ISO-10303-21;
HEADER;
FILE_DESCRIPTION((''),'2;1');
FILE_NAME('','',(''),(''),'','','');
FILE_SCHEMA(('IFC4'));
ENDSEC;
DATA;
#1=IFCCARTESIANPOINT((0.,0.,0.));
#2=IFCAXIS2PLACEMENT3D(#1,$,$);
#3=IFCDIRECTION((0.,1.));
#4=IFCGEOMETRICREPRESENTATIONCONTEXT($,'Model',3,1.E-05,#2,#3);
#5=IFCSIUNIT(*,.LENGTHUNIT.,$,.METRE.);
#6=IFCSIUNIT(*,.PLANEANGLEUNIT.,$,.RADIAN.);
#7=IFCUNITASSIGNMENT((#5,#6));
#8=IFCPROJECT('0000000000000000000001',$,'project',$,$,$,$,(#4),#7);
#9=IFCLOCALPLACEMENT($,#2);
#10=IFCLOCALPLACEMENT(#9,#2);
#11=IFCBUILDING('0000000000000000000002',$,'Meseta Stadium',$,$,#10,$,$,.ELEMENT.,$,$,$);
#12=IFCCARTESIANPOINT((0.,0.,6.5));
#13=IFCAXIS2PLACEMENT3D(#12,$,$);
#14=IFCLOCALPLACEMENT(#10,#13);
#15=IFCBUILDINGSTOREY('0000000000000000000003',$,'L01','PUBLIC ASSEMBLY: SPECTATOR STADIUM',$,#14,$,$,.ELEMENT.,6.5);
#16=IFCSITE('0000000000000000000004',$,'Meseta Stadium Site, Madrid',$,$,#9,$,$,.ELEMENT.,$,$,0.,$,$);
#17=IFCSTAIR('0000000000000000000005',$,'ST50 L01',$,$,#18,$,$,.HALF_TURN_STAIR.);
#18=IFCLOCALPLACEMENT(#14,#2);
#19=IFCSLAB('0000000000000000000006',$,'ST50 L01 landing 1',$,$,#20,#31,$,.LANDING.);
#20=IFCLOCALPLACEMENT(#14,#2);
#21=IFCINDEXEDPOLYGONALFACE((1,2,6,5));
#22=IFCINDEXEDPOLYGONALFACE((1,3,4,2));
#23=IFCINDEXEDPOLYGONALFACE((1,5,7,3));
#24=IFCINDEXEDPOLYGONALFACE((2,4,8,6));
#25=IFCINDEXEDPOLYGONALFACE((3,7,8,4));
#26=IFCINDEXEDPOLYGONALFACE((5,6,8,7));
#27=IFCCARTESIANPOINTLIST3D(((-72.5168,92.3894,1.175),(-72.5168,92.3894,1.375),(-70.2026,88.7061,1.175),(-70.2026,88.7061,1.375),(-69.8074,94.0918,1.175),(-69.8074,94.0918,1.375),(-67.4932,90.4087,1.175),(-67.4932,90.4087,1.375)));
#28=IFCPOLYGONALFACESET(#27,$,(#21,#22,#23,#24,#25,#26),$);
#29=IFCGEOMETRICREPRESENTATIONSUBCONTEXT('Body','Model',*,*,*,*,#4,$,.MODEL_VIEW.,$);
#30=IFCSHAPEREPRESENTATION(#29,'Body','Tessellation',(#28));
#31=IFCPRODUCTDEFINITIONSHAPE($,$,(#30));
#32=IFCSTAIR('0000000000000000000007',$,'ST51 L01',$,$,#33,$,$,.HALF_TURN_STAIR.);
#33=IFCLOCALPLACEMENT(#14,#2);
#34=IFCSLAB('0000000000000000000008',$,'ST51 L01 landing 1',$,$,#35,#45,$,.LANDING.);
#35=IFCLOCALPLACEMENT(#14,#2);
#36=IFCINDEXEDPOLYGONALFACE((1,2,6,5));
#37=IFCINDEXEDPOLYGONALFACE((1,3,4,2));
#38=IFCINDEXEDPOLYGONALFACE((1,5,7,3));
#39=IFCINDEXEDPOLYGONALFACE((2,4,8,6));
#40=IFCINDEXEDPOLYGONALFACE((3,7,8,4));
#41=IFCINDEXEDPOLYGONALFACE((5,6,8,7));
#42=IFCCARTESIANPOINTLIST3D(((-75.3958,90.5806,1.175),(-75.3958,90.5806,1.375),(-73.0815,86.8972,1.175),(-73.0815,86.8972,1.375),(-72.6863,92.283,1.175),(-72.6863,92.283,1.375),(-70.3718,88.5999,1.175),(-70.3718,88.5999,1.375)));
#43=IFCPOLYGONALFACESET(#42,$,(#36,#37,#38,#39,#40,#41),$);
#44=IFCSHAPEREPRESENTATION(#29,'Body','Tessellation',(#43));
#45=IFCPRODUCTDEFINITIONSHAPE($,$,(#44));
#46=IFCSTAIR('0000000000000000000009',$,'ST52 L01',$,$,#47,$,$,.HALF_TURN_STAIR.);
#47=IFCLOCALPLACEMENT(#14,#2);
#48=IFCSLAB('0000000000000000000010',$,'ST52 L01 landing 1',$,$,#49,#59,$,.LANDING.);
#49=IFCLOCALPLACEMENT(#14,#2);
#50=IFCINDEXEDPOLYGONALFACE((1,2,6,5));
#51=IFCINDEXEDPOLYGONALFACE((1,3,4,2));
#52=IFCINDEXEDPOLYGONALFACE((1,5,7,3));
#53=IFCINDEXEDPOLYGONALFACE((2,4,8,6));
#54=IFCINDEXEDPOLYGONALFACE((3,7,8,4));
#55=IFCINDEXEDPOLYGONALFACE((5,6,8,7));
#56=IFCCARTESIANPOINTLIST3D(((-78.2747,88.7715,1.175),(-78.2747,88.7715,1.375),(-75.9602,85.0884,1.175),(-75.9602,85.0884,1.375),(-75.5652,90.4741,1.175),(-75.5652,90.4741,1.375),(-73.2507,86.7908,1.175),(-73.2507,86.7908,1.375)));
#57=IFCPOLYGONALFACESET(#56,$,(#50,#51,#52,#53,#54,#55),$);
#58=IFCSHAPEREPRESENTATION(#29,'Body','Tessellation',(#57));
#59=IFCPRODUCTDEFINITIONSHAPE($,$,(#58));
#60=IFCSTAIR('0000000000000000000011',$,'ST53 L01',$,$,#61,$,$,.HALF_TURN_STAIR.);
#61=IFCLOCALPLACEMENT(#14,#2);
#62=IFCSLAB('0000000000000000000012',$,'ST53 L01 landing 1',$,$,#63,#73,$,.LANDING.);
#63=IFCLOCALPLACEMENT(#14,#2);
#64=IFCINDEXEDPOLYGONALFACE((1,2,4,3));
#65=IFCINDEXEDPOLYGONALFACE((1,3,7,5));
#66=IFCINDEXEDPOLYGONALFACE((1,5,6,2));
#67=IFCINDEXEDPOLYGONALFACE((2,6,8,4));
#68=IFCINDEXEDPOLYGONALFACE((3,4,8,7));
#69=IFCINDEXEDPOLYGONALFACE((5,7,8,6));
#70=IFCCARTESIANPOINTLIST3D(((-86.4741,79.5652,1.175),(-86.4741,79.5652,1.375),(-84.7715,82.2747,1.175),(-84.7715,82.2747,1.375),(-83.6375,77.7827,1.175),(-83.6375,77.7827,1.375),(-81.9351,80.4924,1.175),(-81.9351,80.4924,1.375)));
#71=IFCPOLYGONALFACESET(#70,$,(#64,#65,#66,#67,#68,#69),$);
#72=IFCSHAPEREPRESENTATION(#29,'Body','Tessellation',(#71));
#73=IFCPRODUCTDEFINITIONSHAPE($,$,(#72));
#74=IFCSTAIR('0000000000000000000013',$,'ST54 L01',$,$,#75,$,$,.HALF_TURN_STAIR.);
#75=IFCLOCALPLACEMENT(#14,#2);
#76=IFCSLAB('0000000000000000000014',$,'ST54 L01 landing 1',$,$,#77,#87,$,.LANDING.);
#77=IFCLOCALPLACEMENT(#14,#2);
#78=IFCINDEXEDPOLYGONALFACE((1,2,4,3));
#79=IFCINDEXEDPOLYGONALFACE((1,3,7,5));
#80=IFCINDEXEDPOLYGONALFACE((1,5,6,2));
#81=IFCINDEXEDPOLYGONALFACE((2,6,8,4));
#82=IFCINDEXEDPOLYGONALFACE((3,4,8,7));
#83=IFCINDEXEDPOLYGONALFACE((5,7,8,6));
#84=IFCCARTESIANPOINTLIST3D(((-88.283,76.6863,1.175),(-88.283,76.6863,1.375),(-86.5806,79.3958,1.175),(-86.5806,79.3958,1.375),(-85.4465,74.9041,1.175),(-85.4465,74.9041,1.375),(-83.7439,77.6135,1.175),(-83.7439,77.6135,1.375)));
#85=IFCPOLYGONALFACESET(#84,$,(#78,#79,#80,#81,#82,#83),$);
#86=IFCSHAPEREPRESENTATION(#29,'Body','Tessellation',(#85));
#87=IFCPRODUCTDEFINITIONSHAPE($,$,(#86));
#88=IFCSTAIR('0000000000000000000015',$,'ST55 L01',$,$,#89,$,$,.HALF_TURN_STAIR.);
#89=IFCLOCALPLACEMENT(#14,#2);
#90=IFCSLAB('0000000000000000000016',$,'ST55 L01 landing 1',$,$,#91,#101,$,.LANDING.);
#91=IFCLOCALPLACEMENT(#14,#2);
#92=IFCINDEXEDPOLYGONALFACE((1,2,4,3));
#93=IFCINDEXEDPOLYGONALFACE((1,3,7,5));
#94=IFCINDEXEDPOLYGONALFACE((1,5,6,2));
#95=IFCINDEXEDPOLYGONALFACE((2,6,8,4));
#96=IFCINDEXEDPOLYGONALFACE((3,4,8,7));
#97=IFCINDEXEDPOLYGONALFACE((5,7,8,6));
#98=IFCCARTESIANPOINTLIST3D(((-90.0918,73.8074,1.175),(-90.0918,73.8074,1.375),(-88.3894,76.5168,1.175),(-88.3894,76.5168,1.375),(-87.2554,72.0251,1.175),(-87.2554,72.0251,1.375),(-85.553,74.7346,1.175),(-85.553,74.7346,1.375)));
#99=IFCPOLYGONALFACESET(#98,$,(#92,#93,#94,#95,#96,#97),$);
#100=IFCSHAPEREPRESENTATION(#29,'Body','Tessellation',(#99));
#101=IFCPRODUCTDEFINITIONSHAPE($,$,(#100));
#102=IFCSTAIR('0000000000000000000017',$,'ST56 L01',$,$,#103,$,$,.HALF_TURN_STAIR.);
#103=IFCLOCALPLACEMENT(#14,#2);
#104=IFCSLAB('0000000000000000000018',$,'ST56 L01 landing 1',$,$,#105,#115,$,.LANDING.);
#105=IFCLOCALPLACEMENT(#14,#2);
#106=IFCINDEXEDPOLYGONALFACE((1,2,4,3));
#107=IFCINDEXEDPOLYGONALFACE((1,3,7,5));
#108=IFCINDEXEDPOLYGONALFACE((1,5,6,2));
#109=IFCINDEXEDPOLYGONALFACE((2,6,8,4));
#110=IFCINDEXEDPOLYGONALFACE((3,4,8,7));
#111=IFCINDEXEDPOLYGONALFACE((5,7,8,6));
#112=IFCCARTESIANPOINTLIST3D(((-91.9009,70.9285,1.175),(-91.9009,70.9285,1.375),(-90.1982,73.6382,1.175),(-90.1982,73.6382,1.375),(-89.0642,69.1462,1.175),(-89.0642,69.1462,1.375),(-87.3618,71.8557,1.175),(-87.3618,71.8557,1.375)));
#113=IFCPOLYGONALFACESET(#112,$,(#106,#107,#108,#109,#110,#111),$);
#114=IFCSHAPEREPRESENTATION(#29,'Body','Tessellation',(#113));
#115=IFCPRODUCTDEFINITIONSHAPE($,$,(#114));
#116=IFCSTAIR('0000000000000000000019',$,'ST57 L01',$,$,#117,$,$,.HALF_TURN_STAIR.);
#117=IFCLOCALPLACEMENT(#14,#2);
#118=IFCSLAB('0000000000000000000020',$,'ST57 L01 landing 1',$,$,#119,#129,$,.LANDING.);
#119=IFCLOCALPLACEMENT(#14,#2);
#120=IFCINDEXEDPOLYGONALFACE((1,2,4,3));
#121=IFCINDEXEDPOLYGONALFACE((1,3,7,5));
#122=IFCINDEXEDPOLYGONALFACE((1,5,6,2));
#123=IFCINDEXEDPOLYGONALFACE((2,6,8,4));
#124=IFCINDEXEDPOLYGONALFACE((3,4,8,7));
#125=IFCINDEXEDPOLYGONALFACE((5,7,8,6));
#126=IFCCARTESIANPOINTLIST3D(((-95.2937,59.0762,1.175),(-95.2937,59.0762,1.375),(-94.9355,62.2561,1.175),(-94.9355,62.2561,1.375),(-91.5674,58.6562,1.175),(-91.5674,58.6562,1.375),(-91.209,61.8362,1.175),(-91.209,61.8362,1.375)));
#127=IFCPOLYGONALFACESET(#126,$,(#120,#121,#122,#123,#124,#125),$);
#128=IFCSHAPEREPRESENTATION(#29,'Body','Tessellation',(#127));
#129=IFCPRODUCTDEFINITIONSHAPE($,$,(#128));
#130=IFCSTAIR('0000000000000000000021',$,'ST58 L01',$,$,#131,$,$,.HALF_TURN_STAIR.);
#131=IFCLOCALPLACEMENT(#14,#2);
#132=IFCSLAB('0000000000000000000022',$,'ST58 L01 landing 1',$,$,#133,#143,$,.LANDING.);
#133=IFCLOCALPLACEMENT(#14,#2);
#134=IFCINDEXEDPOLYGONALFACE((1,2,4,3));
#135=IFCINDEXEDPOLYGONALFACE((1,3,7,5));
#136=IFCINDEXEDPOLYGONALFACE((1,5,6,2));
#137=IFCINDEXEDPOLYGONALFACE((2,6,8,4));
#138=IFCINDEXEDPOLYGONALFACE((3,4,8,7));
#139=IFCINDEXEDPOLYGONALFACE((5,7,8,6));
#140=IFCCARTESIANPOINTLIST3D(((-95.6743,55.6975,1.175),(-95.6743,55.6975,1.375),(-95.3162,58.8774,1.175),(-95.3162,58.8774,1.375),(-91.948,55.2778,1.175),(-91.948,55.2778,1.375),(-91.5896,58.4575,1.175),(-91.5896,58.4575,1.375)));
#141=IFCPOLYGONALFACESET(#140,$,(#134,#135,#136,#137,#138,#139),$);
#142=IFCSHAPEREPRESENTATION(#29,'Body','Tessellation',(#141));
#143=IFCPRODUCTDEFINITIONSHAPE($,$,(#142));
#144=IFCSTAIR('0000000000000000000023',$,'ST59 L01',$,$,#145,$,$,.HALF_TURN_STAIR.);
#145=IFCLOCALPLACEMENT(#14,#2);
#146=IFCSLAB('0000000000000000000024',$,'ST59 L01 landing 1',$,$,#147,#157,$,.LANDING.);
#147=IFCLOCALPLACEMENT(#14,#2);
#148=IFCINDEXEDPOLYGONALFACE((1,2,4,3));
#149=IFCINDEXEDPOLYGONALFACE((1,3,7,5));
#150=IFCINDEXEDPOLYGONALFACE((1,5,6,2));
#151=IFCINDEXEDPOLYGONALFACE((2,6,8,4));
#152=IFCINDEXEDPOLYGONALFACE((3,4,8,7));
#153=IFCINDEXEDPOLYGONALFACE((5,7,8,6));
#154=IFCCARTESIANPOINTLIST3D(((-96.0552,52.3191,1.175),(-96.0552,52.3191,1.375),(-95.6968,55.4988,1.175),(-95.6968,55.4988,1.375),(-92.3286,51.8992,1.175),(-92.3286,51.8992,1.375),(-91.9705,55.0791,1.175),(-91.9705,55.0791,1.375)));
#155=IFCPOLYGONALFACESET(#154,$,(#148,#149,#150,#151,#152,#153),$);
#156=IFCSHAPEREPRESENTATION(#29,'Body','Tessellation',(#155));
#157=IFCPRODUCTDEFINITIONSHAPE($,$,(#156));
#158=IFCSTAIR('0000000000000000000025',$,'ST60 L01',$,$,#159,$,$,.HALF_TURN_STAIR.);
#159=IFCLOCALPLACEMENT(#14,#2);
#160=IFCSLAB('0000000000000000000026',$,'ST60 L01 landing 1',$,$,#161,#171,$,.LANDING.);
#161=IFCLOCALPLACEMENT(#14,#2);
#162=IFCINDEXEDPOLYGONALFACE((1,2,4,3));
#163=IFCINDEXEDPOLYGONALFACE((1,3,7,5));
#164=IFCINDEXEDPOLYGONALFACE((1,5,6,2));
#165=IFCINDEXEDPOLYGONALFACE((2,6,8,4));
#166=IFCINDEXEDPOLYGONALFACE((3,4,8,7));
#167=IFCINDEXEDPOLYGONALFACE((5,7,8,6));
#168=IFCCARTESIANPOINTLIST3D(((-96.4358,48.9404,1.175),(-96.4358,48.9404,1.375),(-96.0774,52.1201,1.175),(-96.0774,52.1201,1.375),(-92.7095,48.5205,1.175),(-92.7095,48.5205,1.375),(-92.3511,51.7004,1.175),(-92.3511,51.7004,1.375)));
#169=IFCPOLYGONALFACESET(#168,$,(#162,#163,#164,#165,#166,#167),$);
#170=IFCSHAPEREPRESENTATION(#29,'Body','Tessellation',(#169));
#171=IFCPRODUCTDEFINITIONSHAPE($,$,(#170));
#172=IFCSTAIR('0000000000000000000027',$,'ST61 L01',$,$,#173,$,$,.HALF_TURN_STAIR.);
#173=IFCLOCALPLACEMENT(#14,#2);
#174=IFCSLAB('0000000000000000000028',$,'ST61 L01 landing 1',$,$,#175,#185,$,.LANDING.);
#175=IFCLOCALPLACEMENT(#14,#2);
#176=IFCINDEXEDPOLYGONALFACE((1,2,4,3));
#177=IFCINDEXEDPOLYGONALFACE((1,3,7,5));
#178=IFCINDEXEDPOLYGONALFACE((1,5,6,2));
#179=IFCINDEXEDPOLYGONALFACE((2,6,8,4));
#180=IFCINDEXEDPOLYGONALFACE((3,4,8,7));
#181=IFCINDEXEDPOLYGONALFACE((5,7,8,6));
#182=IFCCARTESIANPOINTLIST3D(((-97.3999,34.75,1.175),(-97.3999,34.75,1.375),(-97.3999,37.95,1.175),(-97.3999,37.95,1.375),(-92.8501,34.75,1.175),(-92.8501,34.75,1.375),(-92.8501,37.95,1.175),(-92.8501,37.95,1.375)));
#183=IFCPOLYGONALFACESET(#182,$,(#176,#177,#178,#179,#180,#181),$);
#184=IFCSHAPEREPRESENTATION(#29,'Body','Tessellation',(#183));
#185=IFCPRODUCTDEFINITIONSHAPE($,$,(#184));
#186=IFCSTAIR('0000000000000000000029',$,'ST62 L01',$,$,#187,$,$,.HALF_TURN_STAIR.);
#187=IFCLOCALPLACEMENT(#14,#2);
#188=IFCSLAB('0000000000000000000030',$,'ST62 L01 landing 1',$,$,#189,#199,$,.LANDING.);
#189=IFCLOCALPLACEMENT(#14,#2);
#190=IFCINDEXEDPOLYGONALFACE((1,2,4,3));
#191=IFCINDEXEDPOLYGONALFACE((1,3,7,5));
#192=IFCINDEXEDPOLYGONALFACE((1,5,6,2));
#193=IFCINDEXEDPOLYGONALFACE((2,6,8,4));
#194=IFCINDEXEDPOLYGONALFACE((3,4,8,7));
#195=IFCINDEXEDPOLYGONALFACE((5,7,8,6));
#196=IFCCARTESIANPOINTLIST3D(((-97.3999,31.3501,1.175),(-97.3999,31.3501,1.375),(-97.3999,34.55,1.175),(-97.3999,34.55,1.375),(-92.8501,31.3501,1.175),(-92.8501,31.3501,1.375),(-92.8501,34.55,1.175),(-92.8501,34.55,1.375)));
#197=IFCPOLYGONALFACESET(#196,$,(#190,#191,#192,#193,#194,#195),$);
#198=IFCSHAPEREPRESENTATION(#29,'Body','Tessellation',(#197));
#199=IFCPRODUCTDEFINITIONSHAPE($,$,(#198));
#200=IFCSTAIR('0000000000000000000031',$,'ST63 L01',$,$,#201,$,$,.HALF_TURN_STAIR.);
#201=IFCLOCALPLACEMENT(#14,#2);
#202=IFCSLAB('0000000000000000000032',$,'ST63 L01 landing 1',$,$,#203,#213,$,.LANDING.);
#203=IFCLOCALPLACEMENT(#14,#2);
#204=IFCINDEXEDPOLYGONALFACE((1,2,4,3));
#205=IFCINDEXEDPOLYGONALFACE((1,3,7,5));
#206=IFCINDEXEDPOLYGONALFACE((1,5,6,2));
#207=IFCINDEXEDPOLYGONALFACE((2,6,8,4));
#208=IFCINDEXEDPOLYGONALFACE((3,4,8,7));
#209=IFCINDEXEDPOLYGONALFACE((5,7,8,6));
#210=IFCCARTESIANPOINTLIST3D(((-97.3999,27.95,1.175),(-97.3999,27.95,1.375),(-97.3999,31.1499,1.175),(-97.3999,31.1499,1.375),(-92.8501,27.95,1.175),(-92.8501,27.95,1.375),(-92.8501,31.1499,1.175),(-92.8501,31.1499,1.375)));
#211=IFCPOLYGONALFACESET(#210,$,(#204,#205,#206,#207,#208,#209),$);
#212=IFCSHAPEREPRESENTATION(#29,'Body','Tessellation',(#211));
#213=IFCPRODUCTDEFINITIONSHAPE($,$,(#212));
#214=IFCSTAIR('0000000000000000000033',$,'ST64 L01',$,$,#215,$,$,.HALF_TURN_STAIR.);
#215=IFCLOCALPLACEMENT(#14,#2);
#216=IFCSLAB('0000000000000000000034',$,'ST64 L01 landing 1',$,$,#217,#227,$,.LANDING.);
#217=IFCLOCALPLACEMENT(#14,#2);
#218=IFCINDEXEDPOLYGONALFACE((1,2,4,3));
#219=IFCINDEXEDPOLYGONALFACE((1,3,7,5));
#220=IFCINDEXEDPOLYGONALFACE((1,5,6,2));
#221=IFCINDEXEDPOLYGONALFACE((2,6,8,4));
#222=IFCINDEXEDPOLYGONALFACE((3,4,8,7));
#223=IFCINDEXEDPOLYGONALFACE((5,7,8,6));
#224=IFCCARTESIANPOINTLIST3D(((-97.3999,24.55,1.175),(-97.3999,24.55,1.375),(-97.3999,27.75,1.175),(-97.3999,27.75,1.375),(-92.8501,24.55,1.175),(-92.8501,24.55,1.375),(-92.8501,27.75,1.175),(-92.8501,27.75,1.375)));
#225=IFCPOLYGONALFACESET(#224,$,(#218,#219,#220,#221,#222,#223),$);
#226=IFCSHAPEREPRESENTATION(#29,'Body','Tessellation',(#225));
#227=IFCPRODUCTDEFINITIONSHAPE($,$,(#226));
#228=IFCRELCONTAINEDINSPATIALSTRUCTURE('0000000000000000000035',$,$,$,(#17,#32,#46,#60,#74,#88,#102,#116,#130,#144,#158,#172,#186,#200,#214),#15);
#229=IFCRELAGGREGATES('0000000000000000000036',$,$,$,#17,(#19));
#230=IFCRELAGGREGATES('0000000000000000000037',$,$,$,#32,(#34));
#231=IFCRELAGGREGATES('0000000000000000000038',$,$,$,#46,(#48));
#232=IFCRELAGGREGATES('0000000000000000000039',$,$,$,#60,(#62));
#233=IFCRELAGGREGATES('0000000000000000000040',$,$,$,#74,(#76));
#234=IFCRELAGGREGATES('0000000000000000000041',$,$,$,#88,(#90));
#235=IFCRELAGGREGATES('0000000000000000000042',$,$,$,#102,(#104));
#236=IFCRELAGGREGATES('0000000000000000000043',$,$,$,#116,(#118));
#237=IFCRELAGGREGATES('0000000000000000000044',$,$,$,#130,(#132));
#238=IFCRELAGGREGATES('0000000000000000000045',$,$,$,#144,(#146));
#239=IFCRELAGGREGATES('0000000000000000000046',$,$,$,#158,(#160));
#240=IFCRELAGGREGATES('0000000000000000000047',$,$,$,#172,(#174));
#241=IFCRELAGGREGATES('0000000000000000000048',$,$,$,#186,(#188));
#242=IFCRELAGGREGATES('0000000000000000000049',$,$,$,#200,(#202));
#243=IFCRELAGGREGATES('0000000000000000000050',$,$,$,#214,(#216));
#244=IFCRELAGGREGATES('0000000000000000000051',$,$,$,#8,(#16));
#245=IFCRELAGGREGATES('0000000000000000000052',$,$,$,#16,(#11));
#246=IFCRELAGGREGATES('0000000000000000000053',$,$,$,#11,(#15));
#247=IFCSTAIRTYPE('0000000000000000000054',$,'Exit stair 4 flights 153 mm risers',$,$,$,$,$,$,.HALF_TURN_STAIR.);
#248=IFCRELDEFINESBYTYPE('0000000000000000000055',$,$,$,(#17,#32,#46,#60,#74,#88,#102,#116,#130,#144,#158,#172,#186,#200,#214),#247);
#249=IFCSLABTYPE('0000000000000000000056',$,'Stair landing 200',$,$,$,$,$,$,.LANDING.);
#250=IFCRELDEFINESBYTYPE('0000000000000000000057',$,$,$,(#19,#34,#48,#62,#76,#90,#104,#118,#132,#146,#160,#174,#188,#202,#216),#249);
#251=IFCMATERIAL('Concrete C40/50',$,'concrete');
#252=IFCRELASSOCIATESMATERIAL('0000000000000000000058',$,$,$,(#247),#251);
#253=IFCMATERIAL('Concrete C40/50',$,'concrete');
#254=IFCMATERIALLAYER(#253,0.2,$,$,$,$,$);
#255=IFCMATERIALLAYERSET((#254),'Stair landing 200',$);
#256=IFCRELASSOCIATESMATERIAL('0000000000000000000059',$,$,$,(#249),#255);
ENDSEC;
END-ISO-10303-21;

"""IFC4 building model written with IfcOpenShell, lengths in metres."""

from ifc_helpers import new_model, si_unit, direction, frame, origin, place, context, subcontext, project, spatial, polyline, outline, extrude, material, layer, layer_set, type_object, element, aggregate, save


model = new_model("IFC4")

# Units and contexts
model_context = context("Model", 3, precision=1e-05, world=origin(), true_north=direction((0.0, 1.0)))
body_context = subcontext(model_context, "Body", "Model", "MODEL_VIEW")
ifc_project = project(units=[si_unit("LENGTHUNIT", "METRE"), si_unit("PLANEANGLEUNIT", "RADIAN")], contexts=[model_context])

# Site, building, storey
site_placement = place(None, origin())
site = spatial("IfcSite", under=ifc_project, at=site_placement, Name="Meseta Stadium Site, Madrid", CompositionType="ELEMENT", RefElevation=0.0)
building_placement = place(site_placement, origin())
building = spatial("IfcBuilding", under=site, at=building_placement, Name="Meseta Stadium", CompositionType="ELEMENT")
storey_placement = place(building_placement, frame((0.0, 0.0, 6.5)))
storey = spatial("IfcBuildingStorey", under=building, at=storey_placement, Name="L01", Description="PUBLIC ASSEMBLY: SPECTATOR STADIUM", CompositionType="ELEMENT", Elevation=6.5)

# Stairs, slabs
ifc_material_1 = material(Name="Concrete C40/50", Category="concrete")
stair_type = type_object("IfcStairType", Name="Exit stair 4 flights 153 mm risers", PredefinedType="HALF_TURN_STAIR", material=ifc_material_1)
ifc_material_2 = material(Name="Concrete C40/50", Category="concrete")
ifc_layer = layer(ifc_material_2, 0.2)
ifc_layer_set = layer_set([ifc_layer], Name="Stair landing 200")
slab_type = type_object("IfcSlabType", Name="Stair landing 200", PredefinedType="LANDING", material=ifc_layer_set)
stair_1_placement = place(storey_placement, origin())
stair_1 = element("IfcStair", 1, at=stair_1_placement, inside=storey, type_object=stair_type, Name="ST50 L01", PredefinedType="HALF_TURN_STAIR")
slab_1_placement = place(storey_placement, frame((0.0, 0.0, 1.175)))
slab_1 = element("IfcSlab", 2, at=slab_1_placement, type_object=slab_type, Name="ST50 L01 landing 1", PredefinedType="LANDING", context=body_context, shape_type="SweptSolid", body=[
    extrude(outline(polyline([(-67.4932, 90.4087), (-69.8074, 94.0918), (-72.5168, 92.3894), (-70.2026, 88.7061), (-67.4932, 90.4087)])), origin(), (0.0, 0.0, 1.0), 0.2),
])
aggregate(stair_1, [slab_1])
stair_2_placement = place(storey_placement, origin())
stair_2 = element("IfcStair", 3, at=stair_2_placement, inside=storey, type_object=stair_type, Name="ST51 L01", PredefinedType="HALF_TURN_STAIR")
slab_2_placement = place(storey_placement, frame((0.0, 0.0, 1.175)))
slab_2 = element("IfcSlab", 4, at=slab_2_placement, type_object=slab_type, Name="ST51 L01 landing 1", PredefinedType="LANDING", context=body_context, shape_type="SweptSolid", body=[
    extrude(outline(polyline([(-70.3718, 88.5999), (-72.6863, 92.283), (-75.3958, 90.5806), (-73.0815, 86.8972), (-70.3718, 88.5999)])), origin(), (0.0, 0.0, 1.0), 0.2),
])
aggregate(stair_2, [slab_2])
stair_3_placement = place(storey_placement, origin())
stair_3 = element("IfcStair", 5, at=stair_3_placement, inside=storey, type_object=stair_type, Name="ST52 L01", PredefinedType="HALF_TURN_STAIR")
slab_3_placement = place(storey_placement, frame((0.0, 0.0, 1.175)))
slab_3 = element("IfcSlab", 6, at=slab_3_placement, type_object=slab_type, Name="ST52 L01 landing 1", PredefinedType="LANDING", context=body_context, shape_type="SweptSolid", body=[
    extrude(outline(polyline([(-73.2507, 86.7908), (-75.5652, 90.4741), (-78.2747, 88.7715), (-75.9602, 85.0884), (-73.2507, 86.7908)])), origin(), (0.0, 0.0, 1.0), 0.2),
])
aggregate(stair_3, [slab_3])
stair_4_placement = place(storey_placement, origin())
stair_4 = element("IfcStair", 7, at=stair_4_placement, inside=storey, type_object=stair_type, Name="ST53 L01", PredefinedType="HALF_TURN_STAIR")
slab_4_placement = place(storey_placement, frame((0.0, 0.0, 1.175)))
slab_4 = element("IfcSlab", 8, at=slab_4_placement, type_object=slab_type, Name="ST53 L01 landing 1", PredefinedType="LANDING", context=body_context, shape_type="SweptSolid", body=[
    extrude(outline(polyline([(-81.9351, 80.4924), (-84.7715, 82.2747), (-86.4741, 79.5652), (-83.6375, 77.7827), (-81.9351, 80.4924)])), origin(), (0.0, 0.0, 1.0), 0.2),
])
aggregate(stair_4, [slab_4])
stair_5_placement = place(storey_placement, origin())
stair_5 = element("IfcStair", 9, at=stair_5_placement, inside=storey, type_object=stair_type, Name="ST54 L01", PredefinedType="HALF_TURN_STAIR")
slab_5_placement = place(storey_placement, frame((0.0, 0.0, 1.175)))
slab_5 = element("IfcSlab", 10, at=slab_5_placement, type_object=slab_type, Name="ST54 L01 landing 1", PredefinedType="LANDING", context=body_context, shape_type="SweptSolid", body=[
    extrude(outline(polyline([(-83.7439, 77.6135), (-86.5806, 79.3958), (-88.283, 76.6863), (-85.4465, 74.9041), (-83.7439, 77.6135)])), origin(), (0.0, 0.0, 1.0), 0.2),
])
aggregate(stair_5, [slab_5])
stair_6_placement = place(storey_placement, origin())
stair_6 = element("IfcStair", 11, at=stair_6_placement, inside=storey, type_object=stair_type, Name="ST55 L01", PredefinedType="HALF_TURN_STAIR")
slab_6_placement = place(storey_placement, frame((0.0, 0.0, 1.175)))
slab_6 = element("IfcSlab", 12, at=slab_6_placement, type_object=slab_type, Name="ST55 L01 landing 1", PredefinedType="LANDING", context=body_context, shape_type="SweptSolid", body=[
    extrude(outline(polyline([(-85.553, 74.7346), (-88.3894, 76.5168), (-90.0918, 73.8074), (-87.2554, 72.0251), (-85.553, 74.7346)])), origin(), (0.0, 0.0, 1.0), 0.2),
])
aggregate(stair_6, [slab_6])
stair_7_placement = place(storey_placement, origin())
stair_7 = element("IfcStair", 13, at=stair_7_placement, inside=storey, type_object=stair_type, Name="ST56 L01", PredefinedType="HALF_TURN_STAIR")
slab_7_placement = place(storey_placement, frame((0.0, 0.0, 1.175)))
slab_7 = element("IfcSlab", 14, at=slab_7_placement, type_object=slab_type, Name="ST56 L01 landing 1", PredefinedType="LANDING", context=body_context, shape_type="SweptSolid", body=[
    extrude(outline(polyline([(-87.3618, 71.8557), (-90.1982, 73.6382), (-91.9009, 70.9285), (-89.0642, 69.1462), (-87.3618, 71.8557)])), origin(), (0.0, 0.0, 1.0), 0.2),
])
aggregate(stair_7, [slab_7])
stair_8_placement = place(storey_placement, origin())
stair_8 = element("IfcStair", 15, at=stair_8_placement, inside=storey, type_object=stair_type, Name="ST57 L01", PredefinedType="HALF_TURN_STAIR")
slab_8_placement = place(storey_placement, frame((0.0, 0.0, 1.175)))
slab_8 = element("IfcSlab", 16, at=slab_8_placement, type_object=slab_type, Name="ST57 L01 landing 1", PredefinedType="LANDING", context=body_context, shape_type="SweptSolid", body=[
    extrude(outline(polyline([(-91.209, 61.8362), (-94.9355, 62.2561), (-95.2937, 59.0762), (-91.5674, 58.6562), (-91.209, 61.8362)])), origin(), (0.0, 0.0, 1.0), 0.2),
])
aggregate(stair_8, [slab_8])
stair_9_placement = place(storey_placement, origin())
stair_9 = element("IfcStair", 17, at=stair_9_placement, inside=storey, type_object=stair_type, Name="ST58 L01", PredefinedType="HALF_TURN_STAIR")
slab_9_placement = place(storey_placement, frame((0.0, 0.0, 1.175)))
slab_9 = element("IfcSlab", 18, at=slab_9_placement, type_object=slab_type, Name="ST58 L01 landing 1", PredefinedType="LANDING", context=body_context, shape_type="SweptSolid", body=[
    extrude(outline(polyline([(-91.5896, 58.4575), (-95.3162, 58.8774), (-95.6743, 55.6975), (-91.948, 55.2778), (-91.5896, 58.4575)])), origin(), (0.0, 0.0, 1.0), 0.2),
])
aggregate(stair_9, [slab_9])
stair_10_placement = place(storey_placement, origin())
stair_10 = element("IfcStair", 19, at=stair_10_placement, inside=storey, type_object=stair_type, Name="ST59 L01", PredefinedType="HALF_TURN_STAIR")
slab_10_placement = place(storey_placement, frame((0.0, 0.0, 1.175)))
slab_10 = element("IfcSlab", 20, at=slab_10_placement, type_object=slab_type, Name="ST59 L01 landing 1", PredefinedType="LANDING", context=body_context, shape_type="SweptSolid", body=[
    extrude(outline(polyline([(-91.9705, 55.0791), (-95.6968, 55.4988), (-96.0552, 52.3191), (-92.3286, 51.8992), (-91.9705, 55.0791)])), origin(), (0.0, 0.0, 1.0), 0.2),
])
aggregate(stair_10, [slab_10])
stair_11_placement = place(storey_placement, origin())
stair_11 = element("IfcStair", 21, at=stair_11_placement, inside=storey, type_object=stair_type, Name="ST60 L01", PredefinedType="HALF_TURN_STAIR")
slab_11_placement = place(storey_placement, frame((0.0, 0.0, 1.175)))
slab_11 = element("IfcSlab", 22, at=slab_11_placement, type_object=slab_type, Name="ST60 L01 landing 1", PredefinedType="LANDING", context=body_context, shape_type="SweptSolid", body=[
    extrude(outline(polyline([(-92.3511, 51.7004), (-96.0774, 52.1201), (-96.4358, 48.9404), (-92.7095, 48.5205), (-92.3511, 51.7004)])), origin(), (0.0, 0.0, 1.0), 0.2),
])
aggregate(stair_11, [slab_11])
stair_12_placement = place(storey_placement, origin())
stair_12 = element("IfcStair", 23, at=stair_12_placement, inside=storey, type_object=stair_type, Name="ST61 L01", PredefinedType="HALF_TURN_STAIR")
slab_12_placement = place(storey_placement, frame((0.0, 0.0, 1.175)))
slab_12 = element("IfcSlab", 24, at=slab_12_placement, type_object=slab_type, Name="ST61 L01 landing 1", PredefinedType="LANDING", context=body_context, shape_type="SweptSolid", body=[
    extrude(outline(polyline([(-92.8501, 37.95), (-97.3999, 37.95), (-97.3999, 34.75), (-92.8501, 34.75), (-92.8501, 37.95)])), origin(), (0.0, 0.0, 1.0), 0.2),
])
aggregate(stair_12, [slab_12])
stair_13_placement = place(storey_placement, origin())
stair_13 = element("IfcStair", 25, at=stair_13_placement, inside=storey, type_object=stair_type, Name="ST62 L01", PredefinedType="HALF_TURN_STAIR")
slab_13_placement = place(storey_placement, frame((0.0, 0.0, 1.175)))
slab_13 = element("IfcSlab", 26, at=slab_13_placement, type_object=slab_type, Name="ST62 L01 landing 1", PredefinedType="LANDING", context=body_context, shape_type="SweptSolid", body=[
    extrude(outline(polyline([(-92.8501, 34.55), (-97.3999, 34.55), (-97.3999, 31.3501), (-92.8501, 31.3501), (-92.8501, 34.55)])), origin(), (0.0, 0.0, 1.0), 0.2),
])
aggregate(stair_13, [slab_13])
stair_14_placement = place(storey_placement, origin())
stair_14 = element("IfcStair", 27, at=stair_14_placement, inside=storey, type_object=stair_type, Name="ST63 L01", PredefinedType="HALF_TURN_STAIR")
slab_14_placement = place(storey_placement, frame((0.0, 0.0, 1.175)))
slab_14 = element("IfcSlab", 28, at=slab_14_placement, type_object=slab_type, Name="ST63 L01 landing 1", PredefinedType="LANDING", context=body_context, shape_type="SweptSolid", body=[
    extrude(outline(polyline([(-92.8501, 31.1499), (-97.3999, 31.1499), (-97.3999, 27.95), (-92.8501, 27.95), (-92.8501, 31.1499)])), origin(), (0.0, 0.0, 1.0), 0.2),
])
aggregate(stair_14, [slab_14])
stair_15_placement = place(storey_placement, origin())
stair_15 = element("IfcStair", 29, at=stair_15_placement, inside=storey, type_object=stair_type, Name="ST64 L01", PredefinedType="HALF_TURN_STAIR")
slab_15_placement = place(storey_placement, frame((0.0, 0.0, 1.175)))
slab_15 = element("IfcSlab", 30, at=slab_15_placement, type_object=slab_type, Name="ST64 L01 landing 1", PredefinedType="LANDING", context=body_context, shape_type="SweptSolid", body=[
    extrude(outline(polyline([(-92.8501, 27.75), (-97.3999, 27.75), (-97.3999, 24.55), (-92.8501, 24.55), (-92.8501, 27.75)])), origin(), (0.0, 0.0, 1.0), 0.2),
])
aggregate(stair_15, [slab_15])

save(model, "model.ifc")
